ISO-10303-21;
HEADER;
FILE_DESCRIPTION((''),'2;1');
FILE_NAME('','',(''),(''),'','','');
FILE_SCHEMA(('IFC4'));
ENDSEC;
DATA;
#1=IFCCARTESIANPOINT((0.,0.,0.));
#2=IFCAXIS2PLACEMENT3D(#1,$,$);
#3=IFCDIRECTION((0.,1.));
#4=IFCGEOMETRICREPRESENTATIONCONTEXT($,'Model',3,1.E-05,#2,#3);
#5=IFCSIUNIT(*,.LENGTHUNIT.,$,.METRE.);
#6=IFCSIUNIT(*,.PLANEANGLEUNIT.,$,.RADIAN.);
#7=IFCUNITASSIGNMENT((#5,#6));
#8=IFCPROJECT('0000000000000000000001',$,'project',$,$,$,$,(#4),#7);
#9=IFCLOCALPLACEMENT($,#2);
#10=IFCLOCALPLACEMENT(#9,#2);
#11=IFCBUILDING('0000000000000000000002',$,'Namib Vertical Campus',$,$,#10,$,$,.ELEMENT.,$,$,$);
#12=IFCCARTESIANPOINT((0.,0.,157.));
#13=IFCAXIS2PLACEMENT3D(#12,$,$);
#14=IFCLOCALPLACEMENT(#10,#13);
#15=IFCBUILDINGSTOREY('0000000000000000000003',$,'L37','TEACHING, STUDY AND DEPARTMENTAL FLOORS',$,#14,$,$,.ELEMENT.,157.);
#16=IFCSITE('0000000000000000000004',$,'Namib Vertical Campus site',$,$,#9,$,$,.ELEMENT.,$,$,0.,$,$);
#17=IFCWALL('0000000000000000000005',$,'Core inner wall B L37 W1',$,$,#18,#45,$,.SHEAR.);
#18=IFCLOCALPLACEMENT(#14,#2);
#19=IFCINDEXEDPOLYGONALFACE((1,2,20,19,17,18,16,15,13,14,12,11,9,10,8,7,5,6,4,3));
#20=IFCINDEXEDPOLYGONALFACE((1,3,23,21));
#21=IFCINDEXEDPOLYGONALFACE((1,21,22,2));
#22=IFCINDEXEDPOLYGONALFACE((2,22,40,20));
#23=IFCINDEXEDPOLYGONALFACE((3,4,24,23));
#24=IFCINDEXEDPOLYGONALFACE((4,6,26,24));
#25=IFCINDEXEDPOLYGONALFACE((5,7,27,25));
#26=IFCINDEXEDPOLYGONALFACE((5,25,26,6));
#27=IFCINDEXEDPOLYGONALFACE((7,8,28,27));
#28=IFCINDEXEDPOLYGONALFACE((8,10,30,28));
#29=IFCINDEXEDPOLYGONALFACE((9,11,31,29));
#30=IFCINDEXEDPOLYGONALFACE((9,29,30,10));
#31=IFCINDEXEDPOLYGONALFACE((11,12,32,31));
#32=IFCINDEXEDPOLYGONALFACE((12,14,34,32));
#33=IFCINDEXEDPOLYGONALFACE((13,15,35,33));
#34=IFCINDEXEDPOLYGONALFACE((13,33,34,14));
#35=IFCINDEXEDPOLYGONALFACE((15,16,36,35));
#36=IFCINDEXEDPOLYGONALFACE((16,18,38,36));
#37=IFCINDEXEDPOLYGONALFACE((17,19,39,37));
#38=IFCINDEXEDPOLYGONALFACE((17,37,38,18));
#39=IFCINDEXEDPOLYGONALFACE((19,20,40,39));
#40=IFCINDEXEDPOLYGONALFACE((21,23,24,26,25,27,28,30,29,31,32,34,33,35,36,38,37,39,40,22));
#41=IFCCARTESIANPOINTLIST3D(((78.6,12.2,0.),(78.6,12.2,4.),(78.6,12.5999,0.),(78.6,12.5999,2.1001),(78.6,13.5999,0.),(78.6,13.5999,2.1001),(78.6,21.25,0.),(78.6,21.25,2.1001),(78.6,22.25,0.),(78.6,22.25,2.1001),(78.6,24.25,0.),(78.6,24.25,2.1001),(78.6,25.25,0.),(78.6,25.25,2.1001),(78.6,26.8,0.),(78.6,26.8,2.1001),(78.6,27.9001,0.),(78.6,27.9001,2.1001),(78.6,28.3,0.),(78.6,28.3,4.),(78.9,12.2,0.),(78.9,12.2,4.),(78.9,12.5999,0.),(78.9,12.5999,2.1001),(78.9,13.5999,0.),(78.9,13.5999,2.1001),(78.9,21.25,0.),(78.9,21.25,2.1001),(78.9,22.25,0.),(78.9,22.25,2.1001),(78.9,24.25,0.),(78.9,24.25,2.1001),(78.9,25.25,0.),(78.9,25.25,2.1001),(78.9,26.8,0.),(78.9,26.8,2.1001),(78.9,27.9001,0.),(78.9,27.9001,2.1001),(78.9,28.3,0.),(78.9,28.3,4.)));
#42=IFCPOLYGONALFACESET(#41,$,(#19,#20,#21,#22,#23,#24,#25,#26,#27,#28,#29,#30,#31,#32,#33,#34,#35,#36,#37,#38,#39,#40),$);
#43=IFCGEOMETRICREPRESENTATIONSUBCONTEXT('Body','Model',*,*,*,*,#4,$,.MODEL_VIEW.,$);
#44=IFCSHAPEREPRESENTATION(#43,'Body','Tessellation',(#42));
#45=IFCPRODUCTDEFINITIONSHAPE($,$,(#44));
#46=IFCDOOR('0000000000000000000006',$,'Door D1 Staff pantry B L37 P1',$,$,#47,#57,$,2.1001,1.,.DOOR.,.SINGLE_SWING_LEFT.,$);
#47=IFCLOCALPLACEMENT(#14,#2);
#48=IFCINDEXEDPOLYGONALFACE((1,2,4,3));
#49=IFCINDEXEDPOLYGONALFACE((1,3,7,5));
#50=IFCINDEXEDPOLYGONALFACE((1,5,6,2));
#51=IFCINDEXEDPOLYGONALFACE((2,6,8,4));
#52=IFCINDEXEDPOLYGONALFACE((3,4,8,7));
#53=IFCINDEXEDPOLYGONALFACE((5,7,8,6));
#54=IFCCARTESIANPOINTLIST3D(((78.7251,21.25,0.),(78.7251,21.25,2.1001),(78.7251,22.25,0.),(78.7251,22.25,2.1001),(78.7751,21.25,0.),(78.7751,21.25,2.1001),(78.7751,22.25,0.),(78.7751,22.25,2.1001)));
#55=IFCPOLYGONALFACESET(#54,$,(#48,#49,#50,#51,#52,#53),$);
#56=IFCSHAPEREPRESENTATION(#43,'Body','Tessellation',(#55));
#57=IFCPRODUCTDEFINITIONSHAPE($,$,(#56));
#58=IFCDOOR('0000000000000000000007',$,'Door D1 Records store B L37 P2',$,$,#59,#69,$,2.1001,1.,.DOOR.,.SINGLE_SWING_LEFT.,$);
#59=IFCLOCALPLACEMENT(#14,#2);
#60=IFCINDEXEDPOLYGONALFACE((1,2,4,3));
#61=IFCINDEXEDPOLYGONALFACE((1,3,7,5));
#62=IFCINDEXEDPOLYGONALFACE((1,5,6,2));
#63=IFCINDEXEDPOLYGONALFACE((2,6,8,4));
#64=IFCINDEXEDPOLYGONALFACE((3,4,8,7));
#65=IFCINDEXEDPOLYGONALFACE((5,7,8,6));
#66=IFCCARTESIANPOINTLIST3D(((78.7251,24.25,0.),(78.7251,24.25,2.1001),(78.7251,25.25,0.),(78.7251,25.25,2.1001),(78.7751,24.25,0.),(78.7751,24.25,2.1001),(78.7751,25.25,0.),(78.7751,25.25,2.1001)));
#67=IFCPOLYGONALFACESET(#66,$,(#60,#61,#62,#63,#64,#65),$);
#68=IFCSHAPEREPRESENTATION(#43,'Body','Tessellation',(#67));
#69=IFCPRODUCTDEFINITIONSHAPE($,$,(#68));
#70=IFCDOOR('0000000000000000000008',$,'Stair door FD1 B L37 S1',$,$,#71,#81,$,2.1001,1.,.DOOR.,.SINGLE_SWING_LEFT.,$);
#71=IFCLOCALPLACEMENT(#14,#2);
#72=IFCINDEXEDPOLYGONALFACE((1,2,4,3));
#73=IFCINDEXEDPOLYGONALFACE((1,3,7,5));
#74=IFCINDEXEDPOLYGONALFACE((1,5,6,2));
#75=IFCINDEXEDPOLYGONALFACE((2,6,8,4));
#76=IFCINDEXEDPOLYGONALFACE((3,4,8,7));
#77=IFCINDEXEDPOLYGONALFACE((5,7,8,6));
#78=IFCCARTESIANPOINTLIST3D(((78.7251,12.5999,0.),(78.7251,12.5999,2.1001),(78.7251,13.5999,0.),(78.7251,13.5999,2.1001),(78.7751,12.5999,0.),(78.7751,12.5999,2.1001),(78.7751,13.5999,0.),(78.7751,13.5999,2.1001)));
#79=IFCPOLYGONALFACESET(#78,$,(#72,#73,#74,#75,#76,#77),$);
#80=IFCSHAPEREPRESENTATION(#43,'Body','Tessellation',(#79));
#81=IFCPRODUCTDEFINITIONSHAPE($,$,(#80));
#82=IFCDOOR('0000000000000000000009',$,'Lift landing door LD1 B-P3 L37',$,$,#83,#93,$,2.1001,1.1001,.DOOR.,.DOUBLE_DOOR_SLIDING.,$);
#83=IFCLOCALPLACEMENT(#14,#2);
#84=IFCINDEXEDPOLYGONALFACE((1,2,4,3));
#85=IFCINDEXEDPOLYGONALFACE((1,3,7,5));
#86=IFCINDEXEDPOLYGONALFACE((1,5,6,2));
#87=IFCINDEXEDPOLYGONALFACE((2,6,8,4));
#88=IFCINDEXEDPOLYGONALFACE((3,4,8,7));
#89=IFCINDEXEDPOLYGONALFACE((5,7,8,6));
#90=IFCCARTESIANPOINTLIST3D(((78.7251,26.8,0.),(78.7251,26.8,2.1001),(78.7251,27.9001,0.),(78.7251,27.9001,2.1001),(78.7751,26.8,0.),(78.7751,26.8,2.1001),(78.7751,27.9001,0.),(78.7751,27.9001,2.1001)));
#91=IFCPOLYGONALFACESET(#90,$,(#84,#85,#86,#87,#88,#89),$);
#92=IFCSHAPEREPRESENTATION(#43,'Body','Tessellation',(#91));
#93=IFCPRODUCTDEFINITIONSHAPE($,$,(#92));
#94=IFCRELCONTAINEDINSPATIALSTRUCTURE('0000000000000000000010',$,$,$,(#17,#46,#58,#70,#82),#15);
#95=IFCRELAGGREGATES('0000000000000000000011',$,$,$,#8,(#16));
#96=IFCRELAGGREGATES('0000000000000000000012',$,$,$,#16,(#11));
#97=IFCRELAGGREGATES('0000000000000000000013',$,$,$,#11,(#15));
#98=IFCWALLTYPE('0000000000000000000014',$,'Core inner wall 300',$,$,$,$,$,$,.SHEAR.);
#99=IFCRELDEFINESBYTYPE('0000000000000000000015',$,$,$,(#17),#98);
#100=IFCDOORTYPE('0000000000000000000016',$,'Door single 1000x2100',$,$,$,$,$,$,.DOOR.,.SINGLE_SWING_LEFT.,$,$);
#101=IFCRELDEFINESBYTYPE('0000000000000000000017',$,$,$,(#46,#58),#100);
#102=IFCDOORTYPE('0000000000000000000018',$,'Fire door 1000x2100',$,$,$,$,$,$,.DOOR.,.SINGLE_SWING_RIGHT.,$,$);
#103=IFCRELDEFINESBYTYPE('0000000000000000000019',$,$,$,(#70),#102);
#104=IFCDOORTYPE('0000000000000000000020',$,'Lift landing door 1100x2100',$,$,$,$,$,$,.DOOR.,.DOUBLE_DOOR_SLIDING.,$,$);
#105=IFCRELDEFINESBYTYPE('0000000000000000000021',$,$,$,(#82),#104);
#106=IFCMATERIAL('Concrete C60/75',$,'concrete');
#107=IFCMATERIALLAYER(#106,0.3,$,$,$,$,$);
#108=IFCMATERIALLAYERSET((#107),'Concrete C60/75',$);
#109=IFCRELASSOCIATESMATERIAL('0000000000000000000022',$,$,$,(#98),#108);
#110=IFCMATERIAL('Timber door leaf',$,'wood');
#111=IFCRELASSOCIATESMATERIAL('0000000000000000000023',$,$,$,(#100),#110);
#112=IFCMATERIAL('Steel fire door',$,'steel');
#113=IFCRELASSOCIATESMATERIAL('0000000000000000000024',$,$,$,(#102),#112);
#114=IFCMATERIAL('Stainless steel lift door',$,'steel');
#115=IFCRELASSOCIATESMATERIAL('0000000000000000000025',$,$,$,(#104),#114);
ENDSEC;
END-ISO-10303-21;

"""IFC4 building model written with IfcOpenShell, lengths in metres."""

from ifc_helpers import new_model, si_unit, direction, frame, frame_2d, origin, place, context, subcontext, project, spatial, rectangle, extrude, material, layer, layer_set, type_object, element, fill, save


model = new_model("IFC4")

# Units and contexts
model_context = context("Model", 3, precision=1e-05, world=origin(), true_north=direction((0.0, 1.0)))
body_context = subcontext(model_context, "Body", "Model", "MODEL_VIEW")
ifc_project = project(units=[si_unit("LENGTHUNIT", "METRE"), si_unit("PLANEANGLEUNIT", "RADIAN")], contexts=[model_context])

# Site, building, storey
site_placement = place(None, origin())
site = spatial("IfcSite", under=ifc_project, at=site_placement, Name="Namib Vertical Campus site", CompositionType="ELEMENT", RefElevation=0.0)
building_placement = place(site_placement, origin())
building = spatial("IfcBuilding", under=site, at=building_placement, Name="Namib Vertical Campus", CompositionType="ELEMENT")
storey_placement = place(building_placement, frame((0.0, 0.0, 157.0)))
storey = spatial("IfcBuildingStorey", under=building, at=storey_placement, Name="L37", Description="TEACHING, STUDY AND DEPARTMENTAL FLOORS", CompositionType="ELEMENT", Elevation=157.0)

# Wall, openings, doors
ifc_material_1 = material(Name="Concrete C60/75", Category="concrete")
ifc_layer_1 = layer(ifc_material_1, 0.3)
ifc_layer_set_1 = layer_set([ifc_layer_1], Name="Concrete C60/75")
wall_type_1 = type_object("IfcWallType", Name="Core inner wall 300", PredefinedType="SHEAR", material=ifc_layer_set_1)
wall_1_placement = place(storey_placement, frame((78.75, 12.2, 0.0), z_axis=(0.0, 0.0, 1.0), x_axis=(0.0, 1.0, 0.0)))
wall_1 = element("IfcWall", 1, at=wall_1_placement, inside=storey, type_object=wall_type_1, Name="Core inner wall B L37 W1", PredefinedType="SHEAR", context=body_context, shape_type="SweptSolid", body=[
    extrude(rectangle(XDim=16.1001, YDim=0.3, at=frame_2d((8.05, 0.0))), origin(), (0.0, 0.0, 1.0), 4.0),
])
opening_1_placement = place(wall_1_placement, frame((0.3999, 0.0, 0.0)))
opening_1 = element("IfcOpeningElement", 2, at=opening_1_placement, cuts=wall_1, PredefinedType="OPENING", context=body_context, shape_type="SweptSolid", body=[
    extrude(rectangle(XDim=1.0, YDim=2.1001, at=frame_2d((0.5, 1.05))), frame((0.0, 0.1599, 0.0), z_axis=(0.0, -1.0, 0.0), x_axis=(1.0, 0.0, 0.0)), (0.0, 0.0, 1.0), 0.3201),
])
opening_2_placement = place(wall_1_placement, frame((14.6001, 0.0, 0.0)))
opening_2 = element("IfcOpeningElement", 3, at=opening_2_placement, cuts=wall_1, PredefinedType="OPENING", context=body_context, shape_type="SweptSolid", body=[
    extrude(rectangle(XDim=1.1001, YDim=2.1001, at=frame_2d((0.55, 1.05))), frame((0.0, 0.1599, 0.0), z_axis=(0.0, -1.0, 0.0), x_axis=(1.0, 0.0, 0.0)), (0.0, 0.0, 1.0), 0.3201),
])
opening_3_placement = place(wall_1_placement, frame((9.05, 0.0, 0.0)))
opening_3 = element("IfcOpeningElement", 4, at=opening_3_placement, cuts=wall_1, PredefinedType="OPENING", context=body_context, shape_type="SweptSolid", body=[
    extrude(rectangle(XDim=1.0, YDim=2.1001, at=frame_2d((0.5, 1.05))), frame((0.0, 0.1599, 0.0), z_axis=(0.0, -1.0, 0.0), x_axis=(1.0, 0.0, 0.0)), (0.0, 0.0, 1.0), 0.3201),
])
opening_4_placement = place(wall_1_placement, frame((12.05, 0.0, 0.0)))
opening_4 = element("IfcOpeningElement", 5, at=opening_4_placement, cuts=wall_1, PredefinedType="OPENING", context=body_context, shape_type="SweptSolid", body=[
    extrude(rectangle(XDim=1.0, YDim=2.1001, at=frame_2d((0.5, 1.05))), frame((0.0, 0.1599, 0.0), z_axis=(0.0, -1.0, 0.0), x_axis=(1.0, 0.0, 0.0)), (0.0, 0.0, 1.0), 0.3201),
])
ifc_material_2 = material(Name="Timber door leaf", Category="wood")
door_type_1 = type_object("IfcDoorType", Name="Door single 1000x2100", OperationType="SINGLE_SWING_LEFT", PredefinedType="DOOR", material=ifc_material_2)
door_1_placement = place(opening_3_placement, origin())
door_1 = element("IfcDoor", 6, at=door_1_placement, inside=storey, type_object=door_type_1, Name="Door D1 Staff pantry B L37 P1", OperationType="SINGLE_SWING_LEFT", OverallHeight=2.1001, OverallWidth=1.0, PredefinedType="DOOR", context=body_context, shape_type="SweptSolid", body=[
    extrude(rectangle(XDim=1.0, YDim=2.1001, at=frame_2d((0.5, 1.05))), frame((0.0, 0.0249, 0.0), z_axis=(0.0, -1.0, 0.0), x_axis=(1.0, 0.0, 0.0)), (0.0, 0.0, 1.0), 0.05),
])
fill(opening_3, door_1)
door_2_placement = place(opening_4_placement, origin())
door_2 = element("IfcDoor", 7, at=door_2_placement, inside=storey, type_object=door_type_1, Name="Door D1 Records store B L37 P2", OperationType="SINGLE_SWING_LEFT", OverallHeight=2.1001, OverallWidth=1.0, PredefinedType="DOOR", context=body_context, shape_type="SweptSolid", body=[
    extrude(rectangle(XDim=1.0, YDim=2.1001, at=frame_2d((0.5, 1.05))), frame((0.0, 0.0249, 0.0), z_axis=(0.0, -1.0, 0.0), x_axis=(1.0, 0.0, 0.0)), (0.0, 0.0, 1.0), 0.05),
])
fill(opening_4, door_2)
ifc_material_3 = material(Name="Steel fire door", Category="steel")
door_type_2 = type_object("IfcDoorType", Name="Fire door 1000x2100", OperationType="SINGLE_SWING_RIGHT", PredefinedType="DOOR", material=ifc_material_3)
door_3_placement = place(opening_1_placement, origin())
door_3 = element("IfcDoor", 8, at=door_3_placement, inside=storey, type_object=door_type_2, Name="Stair door FD1 B L37 S1", OperationType="SINGLE_SWING_LEFT", OverallHeight=2.1001, OverallWidth=1.0, PredefinedType="DOOR", context=body_context, shape_type="SweptSolid", body=[
    extrude(rectangle(XDim=1.0, YDim=2.1001, at=frame_2d((0.5, 1.05))), frame((0.0, 0.0249, 0.0), z_axis=(0.0, -1.0, 0.0), x_axis=(1.0, 0.0, 0.0)), (0.0, 0.0, 1.0), 0.05),
])
fill(opening_1, door_3)
ifc_material_4 = material(Name="Stainless steel lift door", Category="steel")
door_type_3 = type_object("IfcDoorType", Name="Lift landing door 1100x2100", OperationType="DOUBLE_DOOR_SLIDING", PredefinedType="DOOR", material=ifc_material_4)
door_4_placement = place(opening_2_placement, origin())
door_4 = element("IfcDoor", 9, at=door_4_placement, inside=storey, type_object=door_type_3, Name="Lift landing door LD1 B-P3 L37", OperationType="DOUBLE_DOOR_SLIDING", OverallHeight=2.1001, OverallWidth=1.1001, PredefinedType="DOOR", context=body_context, shape_type="SweptSolid", body=[
    extrude(rectangle(XDim=1.1001, YDim=2.1001, at=frame_2d((0.55, 1.05))), frame((0.0, 0.0249, 0.0), z_axis=(0.0, -1.0, 0.0), x_axis=(1.0, 0.0, 0.0)), (0.0, 0.0, 1.0), 0.05),
])
fill(opening_2, door_4)

save(model, "model.ifc")
